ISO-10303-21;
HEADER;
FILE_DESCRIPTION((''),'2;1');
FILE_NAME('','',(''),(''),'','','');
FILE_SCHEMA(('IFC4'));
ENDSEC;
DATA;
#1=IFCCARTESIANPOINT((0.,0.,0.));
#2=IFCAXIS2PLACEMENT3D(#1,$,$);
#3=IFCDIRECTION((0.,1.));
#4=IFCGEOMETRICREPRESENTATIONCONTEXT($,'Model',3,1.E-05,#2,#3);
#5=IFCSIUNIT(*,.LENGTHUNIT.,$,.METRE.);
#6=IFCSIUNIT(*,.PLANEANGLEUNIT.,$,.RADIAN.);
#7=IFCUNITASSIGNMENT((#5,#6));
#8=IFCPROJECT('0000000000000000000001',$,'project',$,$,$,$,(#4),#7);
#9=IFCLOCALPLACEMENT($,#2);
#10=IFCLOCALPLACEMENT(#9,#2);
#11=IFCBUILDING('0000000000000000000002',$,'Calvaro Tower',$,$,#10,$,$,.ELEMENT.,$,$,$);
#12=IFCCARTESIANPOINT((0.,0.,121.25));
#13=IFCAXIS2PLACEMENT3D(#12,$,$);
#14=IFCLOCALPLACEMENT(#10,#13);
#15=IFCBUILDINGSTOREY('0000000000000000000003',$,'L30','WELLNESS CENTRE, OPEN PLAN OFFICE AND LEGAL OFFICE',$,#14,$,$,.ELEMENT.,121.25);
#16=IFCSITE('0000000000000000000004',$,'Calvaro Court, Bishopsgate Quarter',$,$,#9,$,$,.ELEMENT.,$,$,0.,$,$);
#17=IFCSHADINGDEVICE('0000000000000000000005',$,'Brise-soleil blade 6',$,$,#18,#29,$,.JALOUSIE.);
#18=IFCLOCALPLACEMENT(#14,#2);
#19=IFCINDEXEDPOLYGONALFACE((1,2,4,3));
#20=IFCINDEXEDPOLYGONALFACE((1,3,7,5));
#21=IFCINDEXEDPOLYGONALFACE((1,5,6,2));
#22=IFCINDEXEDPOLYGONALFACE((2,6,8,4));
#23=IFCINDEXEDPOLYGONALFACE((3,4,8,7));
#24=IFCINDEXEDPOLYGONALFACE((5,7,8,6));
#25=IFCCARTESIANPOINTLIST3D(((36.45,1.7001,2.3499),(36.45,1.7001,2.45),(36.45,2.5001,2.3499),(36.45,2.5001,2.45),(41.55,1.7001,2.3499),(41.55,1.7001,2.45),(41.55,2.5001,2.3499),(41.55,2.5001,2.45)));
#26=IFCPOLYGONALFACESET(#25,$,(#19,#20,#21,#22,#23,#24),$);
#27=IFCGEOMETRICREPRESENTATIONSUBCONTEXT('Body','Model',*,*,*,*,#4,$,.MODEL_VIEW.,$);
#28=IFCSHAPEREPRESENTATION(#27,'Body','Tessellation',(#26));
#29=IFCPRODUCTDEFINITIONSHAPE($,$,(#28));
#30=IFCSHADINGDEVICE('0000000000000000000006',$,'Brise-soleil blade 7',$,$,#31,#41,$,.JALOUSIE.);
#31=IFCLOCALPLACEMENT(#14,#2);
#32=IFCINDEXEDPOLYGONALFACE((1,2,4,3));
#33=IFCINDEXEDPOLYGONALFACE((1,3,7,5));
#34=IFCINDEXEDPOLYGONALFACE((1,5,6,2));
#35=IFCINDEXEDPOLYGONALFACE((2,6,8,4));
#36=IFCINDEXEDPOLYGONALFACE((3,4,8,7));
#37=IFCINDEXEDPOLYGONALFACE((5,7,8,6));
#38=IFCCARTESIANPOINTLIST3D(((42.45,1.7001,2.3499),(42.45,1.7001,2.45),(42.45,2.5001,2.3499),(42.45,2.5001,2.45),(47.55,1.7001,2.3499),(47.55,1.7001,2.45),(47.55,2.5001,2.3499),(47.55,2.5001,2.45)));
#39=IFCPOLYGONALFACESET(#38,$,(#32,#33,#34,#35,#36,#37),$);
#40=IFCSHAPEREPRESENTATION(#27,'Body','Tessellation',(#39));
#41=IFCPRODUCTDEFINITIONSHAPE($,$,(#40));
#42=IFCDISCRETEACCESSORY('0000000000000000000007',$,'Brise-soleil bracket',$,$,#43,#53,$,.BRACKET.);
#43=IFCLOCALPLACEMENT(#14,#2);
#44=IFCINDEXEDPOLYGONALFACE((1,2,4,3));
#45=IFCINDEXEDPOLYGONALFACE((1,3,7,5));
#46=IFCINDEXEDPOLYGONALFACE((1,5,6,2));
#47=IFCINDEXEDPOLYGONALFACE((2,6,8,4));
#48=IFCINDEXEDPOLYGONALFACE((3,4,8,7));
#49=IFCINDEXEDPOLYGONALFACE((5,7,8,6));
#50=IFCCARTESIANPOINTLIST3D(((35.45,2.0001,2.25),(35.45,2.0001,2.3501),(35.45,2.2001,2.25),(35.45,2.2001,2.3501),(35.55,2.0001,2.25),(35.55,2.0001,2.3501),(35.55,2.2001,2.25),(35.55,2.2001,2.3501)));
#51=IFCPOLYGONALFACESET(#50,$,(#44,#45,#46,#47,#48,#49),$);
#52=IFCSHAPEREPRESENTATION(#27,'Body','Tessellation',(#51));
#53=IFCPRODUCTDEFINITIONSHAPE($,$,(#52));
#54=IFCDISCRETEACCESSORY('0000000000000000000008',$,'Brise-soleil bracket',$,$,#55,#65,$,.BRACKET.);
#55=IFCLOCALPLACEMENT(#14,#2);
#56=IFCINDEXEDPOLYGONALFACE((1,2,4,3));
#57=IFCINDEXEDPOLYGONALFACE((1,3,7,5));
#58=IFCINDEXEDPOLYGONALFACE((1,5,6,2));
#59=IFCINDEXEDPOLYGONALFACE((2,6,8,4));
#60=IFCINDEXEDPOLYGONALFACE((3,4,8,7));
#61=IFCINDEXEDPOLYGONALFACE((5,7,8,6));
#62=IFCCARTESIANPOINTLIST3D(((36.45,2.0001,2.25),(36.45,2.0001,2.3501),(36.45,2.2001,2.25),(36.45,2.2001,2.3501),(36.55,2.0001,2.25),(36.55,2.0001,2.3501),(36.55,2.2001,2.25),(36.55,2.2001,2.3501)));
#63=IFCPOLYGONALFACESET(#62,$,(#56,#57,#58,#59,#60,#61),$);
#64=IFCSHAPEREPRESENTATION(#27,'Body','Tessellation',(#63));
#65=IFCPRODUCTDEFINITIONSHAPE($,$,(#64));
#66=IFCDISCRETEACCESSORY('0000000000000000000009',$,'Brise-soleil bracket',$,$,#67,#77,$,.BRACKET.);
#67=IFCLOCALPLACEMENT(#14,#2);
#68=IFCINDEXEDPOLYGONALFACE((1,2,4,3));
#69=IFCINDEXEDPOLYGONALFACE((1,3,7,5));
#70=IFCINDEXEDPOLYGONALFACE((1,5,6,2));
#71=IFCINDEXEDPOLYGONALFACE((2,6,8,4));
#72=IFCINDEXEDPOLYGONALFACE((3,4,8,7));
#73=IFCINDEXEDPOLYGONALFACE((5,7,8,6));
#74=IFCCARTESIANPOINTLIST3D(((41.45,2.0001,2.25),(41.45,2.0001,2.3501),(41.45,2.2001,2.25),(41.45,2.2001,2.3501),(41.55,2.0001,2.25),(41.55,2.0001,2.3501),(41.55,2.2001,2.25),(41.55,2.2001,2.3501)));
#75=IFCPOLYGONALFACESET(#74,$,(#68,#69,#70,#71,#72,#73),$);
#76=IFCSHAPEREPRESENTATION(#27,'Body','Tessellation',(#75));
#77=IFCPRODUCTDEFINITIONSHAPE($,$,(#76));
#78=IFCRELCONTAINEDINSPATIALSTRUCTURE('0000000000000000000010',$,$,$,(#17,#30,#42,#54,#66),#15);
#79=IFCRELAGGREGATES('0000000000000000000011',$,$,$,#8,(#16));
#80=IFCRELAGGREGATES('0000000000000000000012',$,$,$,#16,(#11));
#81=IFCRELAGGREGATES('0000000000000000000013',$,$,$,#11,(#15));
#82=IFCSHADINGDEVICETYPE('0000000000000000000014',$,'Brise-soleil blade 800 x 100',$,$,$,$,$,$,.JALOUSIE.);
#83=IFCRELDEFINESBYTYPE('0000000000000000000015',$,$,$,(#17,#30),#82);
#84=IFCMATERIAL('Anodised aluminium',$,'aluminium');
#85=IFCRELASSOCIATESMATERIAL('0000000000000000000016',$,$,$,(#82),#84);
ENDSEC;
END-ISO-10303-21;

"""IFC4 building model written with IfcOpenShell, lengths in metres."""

from ifc_helpers import new_model, si_unit, direction, frame, origin, origin_2d, place, context, subcontext, project, spatial, rectangle, extrude, material, material_profile, profile_set, type_object, element, save


model = new_model("IFC4")

# Units and contexts
model_context = context("Model", 3, precision=1e-05, world=origin(), true_north=direction((0.0, 1.0)))
body_context = subcontext(model_context, "Body", "Model", "MODEL_VIEW")
ifc_project = project(units=[si_unit("LENGTHUNIT", "METRE"), si_unit("PLANEANGLEUNIT", "RADIAN")], contexts=[model_context])

# Site, building, storey
site_placement = place(None, origin())
site = spatial("IfcSite", under=ifc_project, at=site_placement, Name="Calvaro Court, Bishopsgate Quarter", CompositionType="ELEMENT", RefElevation=0.0)
building_placement = place(site_placement, origin())
building = spatial("IfcBuilding", under=site, at=building_placement, Name="Calvaro Tower", CompositionType="ELEMENT")
storey_placement = place(building_placement, frame((0.0, 0.0, 121.25)))
storey = spatial("IfcBuildingStorey", under=building, at=storey_placement, Name="L30", Description="WELLNESS CENTRE, OPEN PLAN OFFICE AND LEGAL OFFICE", CompositionType="ELEMENT", Elevation=121.25)

# Shading devices
ifc_material_1 = material(Name="Anodised aluminium", Category="aluminium")
ifc_material_profile_1 = material_profile(ifc_material_1, rectangle(XDim=0.8, YDim=0.1001, at=origin_2d()), Name="Brise-soleil blade 800 x 100")
ifc_profile_set_1 = profile_set([ifc_material_profile_1], Name="Anodised aluminium")
shading_device_type = type_object("IfcShadingDeviceType", Name="Brise-soleil blade 800 x 100", PredefinedType="JALOUSIE", material=ifc_profile_set_1)
for number, where, z_axis, x_axis, name in (
    (1, (36.45, 2.1001, 2.3999), (1.0, 0.0, 0.0), (0.0, 1.0, 0.0), "Brise-soleil blade 6"),
    (2, (42.45, 2.1001, 2.3999), (1.0, 0.0, 0.0), (0.0, 1.0, 0.0), "Brise-soleil blade 7"),
):
    element("IfcShadingDevice", number, at=place(storey_placement, frame(where, z_axis=z_axis, x_axis=x_axis)), inside=storey, type_object=shading_device_type, Name=name, PredefinedType="JALOUSIE", context=body_context, shape_type="SweptSolid", body=[
        extrude(rectangle(XDim=0.8, YDim=0.1001, at=origin_2d()), origin(), (0.0, 0.0, 1.0), 5.1001),
    ])

# Discrete accessories
for number, where, z_axis, x_axis, name in (
    (3, (35.5, 2.1001, 2.25), (0.0, 0.0, 1.0), (1.0, 0.0, 0.0), "Brise-soleil bracket"),
    (4, (36.5, 2.1001, 2.25), (0.0, 0.0, 1.0), (1.0, 0.0, 0.0), "Brise-soleil bracket"),
    (5, (41.5, 2.1001, 2.25), (0.0, 0.0, 1.0), (1.0, 0.0, 0.0), "Brise-soleil bracket"),
):
    element("IfcDiscreteAccessory", number, at=place(storey_placement, frame(where, z_axis=z_axis, x_axis=x_axis)), inside=storey, Name=name, PredefinedType="BRACKET", context=body_context, shape_type="SweptSolid", body=[
        extrude(rectangle(XDim=0.1001, YDim=0.2, at=origin_2d()), origin(), (0.0, 0.0, 1.0), 0.1001),
    ])

save(model, "model.ifc")
